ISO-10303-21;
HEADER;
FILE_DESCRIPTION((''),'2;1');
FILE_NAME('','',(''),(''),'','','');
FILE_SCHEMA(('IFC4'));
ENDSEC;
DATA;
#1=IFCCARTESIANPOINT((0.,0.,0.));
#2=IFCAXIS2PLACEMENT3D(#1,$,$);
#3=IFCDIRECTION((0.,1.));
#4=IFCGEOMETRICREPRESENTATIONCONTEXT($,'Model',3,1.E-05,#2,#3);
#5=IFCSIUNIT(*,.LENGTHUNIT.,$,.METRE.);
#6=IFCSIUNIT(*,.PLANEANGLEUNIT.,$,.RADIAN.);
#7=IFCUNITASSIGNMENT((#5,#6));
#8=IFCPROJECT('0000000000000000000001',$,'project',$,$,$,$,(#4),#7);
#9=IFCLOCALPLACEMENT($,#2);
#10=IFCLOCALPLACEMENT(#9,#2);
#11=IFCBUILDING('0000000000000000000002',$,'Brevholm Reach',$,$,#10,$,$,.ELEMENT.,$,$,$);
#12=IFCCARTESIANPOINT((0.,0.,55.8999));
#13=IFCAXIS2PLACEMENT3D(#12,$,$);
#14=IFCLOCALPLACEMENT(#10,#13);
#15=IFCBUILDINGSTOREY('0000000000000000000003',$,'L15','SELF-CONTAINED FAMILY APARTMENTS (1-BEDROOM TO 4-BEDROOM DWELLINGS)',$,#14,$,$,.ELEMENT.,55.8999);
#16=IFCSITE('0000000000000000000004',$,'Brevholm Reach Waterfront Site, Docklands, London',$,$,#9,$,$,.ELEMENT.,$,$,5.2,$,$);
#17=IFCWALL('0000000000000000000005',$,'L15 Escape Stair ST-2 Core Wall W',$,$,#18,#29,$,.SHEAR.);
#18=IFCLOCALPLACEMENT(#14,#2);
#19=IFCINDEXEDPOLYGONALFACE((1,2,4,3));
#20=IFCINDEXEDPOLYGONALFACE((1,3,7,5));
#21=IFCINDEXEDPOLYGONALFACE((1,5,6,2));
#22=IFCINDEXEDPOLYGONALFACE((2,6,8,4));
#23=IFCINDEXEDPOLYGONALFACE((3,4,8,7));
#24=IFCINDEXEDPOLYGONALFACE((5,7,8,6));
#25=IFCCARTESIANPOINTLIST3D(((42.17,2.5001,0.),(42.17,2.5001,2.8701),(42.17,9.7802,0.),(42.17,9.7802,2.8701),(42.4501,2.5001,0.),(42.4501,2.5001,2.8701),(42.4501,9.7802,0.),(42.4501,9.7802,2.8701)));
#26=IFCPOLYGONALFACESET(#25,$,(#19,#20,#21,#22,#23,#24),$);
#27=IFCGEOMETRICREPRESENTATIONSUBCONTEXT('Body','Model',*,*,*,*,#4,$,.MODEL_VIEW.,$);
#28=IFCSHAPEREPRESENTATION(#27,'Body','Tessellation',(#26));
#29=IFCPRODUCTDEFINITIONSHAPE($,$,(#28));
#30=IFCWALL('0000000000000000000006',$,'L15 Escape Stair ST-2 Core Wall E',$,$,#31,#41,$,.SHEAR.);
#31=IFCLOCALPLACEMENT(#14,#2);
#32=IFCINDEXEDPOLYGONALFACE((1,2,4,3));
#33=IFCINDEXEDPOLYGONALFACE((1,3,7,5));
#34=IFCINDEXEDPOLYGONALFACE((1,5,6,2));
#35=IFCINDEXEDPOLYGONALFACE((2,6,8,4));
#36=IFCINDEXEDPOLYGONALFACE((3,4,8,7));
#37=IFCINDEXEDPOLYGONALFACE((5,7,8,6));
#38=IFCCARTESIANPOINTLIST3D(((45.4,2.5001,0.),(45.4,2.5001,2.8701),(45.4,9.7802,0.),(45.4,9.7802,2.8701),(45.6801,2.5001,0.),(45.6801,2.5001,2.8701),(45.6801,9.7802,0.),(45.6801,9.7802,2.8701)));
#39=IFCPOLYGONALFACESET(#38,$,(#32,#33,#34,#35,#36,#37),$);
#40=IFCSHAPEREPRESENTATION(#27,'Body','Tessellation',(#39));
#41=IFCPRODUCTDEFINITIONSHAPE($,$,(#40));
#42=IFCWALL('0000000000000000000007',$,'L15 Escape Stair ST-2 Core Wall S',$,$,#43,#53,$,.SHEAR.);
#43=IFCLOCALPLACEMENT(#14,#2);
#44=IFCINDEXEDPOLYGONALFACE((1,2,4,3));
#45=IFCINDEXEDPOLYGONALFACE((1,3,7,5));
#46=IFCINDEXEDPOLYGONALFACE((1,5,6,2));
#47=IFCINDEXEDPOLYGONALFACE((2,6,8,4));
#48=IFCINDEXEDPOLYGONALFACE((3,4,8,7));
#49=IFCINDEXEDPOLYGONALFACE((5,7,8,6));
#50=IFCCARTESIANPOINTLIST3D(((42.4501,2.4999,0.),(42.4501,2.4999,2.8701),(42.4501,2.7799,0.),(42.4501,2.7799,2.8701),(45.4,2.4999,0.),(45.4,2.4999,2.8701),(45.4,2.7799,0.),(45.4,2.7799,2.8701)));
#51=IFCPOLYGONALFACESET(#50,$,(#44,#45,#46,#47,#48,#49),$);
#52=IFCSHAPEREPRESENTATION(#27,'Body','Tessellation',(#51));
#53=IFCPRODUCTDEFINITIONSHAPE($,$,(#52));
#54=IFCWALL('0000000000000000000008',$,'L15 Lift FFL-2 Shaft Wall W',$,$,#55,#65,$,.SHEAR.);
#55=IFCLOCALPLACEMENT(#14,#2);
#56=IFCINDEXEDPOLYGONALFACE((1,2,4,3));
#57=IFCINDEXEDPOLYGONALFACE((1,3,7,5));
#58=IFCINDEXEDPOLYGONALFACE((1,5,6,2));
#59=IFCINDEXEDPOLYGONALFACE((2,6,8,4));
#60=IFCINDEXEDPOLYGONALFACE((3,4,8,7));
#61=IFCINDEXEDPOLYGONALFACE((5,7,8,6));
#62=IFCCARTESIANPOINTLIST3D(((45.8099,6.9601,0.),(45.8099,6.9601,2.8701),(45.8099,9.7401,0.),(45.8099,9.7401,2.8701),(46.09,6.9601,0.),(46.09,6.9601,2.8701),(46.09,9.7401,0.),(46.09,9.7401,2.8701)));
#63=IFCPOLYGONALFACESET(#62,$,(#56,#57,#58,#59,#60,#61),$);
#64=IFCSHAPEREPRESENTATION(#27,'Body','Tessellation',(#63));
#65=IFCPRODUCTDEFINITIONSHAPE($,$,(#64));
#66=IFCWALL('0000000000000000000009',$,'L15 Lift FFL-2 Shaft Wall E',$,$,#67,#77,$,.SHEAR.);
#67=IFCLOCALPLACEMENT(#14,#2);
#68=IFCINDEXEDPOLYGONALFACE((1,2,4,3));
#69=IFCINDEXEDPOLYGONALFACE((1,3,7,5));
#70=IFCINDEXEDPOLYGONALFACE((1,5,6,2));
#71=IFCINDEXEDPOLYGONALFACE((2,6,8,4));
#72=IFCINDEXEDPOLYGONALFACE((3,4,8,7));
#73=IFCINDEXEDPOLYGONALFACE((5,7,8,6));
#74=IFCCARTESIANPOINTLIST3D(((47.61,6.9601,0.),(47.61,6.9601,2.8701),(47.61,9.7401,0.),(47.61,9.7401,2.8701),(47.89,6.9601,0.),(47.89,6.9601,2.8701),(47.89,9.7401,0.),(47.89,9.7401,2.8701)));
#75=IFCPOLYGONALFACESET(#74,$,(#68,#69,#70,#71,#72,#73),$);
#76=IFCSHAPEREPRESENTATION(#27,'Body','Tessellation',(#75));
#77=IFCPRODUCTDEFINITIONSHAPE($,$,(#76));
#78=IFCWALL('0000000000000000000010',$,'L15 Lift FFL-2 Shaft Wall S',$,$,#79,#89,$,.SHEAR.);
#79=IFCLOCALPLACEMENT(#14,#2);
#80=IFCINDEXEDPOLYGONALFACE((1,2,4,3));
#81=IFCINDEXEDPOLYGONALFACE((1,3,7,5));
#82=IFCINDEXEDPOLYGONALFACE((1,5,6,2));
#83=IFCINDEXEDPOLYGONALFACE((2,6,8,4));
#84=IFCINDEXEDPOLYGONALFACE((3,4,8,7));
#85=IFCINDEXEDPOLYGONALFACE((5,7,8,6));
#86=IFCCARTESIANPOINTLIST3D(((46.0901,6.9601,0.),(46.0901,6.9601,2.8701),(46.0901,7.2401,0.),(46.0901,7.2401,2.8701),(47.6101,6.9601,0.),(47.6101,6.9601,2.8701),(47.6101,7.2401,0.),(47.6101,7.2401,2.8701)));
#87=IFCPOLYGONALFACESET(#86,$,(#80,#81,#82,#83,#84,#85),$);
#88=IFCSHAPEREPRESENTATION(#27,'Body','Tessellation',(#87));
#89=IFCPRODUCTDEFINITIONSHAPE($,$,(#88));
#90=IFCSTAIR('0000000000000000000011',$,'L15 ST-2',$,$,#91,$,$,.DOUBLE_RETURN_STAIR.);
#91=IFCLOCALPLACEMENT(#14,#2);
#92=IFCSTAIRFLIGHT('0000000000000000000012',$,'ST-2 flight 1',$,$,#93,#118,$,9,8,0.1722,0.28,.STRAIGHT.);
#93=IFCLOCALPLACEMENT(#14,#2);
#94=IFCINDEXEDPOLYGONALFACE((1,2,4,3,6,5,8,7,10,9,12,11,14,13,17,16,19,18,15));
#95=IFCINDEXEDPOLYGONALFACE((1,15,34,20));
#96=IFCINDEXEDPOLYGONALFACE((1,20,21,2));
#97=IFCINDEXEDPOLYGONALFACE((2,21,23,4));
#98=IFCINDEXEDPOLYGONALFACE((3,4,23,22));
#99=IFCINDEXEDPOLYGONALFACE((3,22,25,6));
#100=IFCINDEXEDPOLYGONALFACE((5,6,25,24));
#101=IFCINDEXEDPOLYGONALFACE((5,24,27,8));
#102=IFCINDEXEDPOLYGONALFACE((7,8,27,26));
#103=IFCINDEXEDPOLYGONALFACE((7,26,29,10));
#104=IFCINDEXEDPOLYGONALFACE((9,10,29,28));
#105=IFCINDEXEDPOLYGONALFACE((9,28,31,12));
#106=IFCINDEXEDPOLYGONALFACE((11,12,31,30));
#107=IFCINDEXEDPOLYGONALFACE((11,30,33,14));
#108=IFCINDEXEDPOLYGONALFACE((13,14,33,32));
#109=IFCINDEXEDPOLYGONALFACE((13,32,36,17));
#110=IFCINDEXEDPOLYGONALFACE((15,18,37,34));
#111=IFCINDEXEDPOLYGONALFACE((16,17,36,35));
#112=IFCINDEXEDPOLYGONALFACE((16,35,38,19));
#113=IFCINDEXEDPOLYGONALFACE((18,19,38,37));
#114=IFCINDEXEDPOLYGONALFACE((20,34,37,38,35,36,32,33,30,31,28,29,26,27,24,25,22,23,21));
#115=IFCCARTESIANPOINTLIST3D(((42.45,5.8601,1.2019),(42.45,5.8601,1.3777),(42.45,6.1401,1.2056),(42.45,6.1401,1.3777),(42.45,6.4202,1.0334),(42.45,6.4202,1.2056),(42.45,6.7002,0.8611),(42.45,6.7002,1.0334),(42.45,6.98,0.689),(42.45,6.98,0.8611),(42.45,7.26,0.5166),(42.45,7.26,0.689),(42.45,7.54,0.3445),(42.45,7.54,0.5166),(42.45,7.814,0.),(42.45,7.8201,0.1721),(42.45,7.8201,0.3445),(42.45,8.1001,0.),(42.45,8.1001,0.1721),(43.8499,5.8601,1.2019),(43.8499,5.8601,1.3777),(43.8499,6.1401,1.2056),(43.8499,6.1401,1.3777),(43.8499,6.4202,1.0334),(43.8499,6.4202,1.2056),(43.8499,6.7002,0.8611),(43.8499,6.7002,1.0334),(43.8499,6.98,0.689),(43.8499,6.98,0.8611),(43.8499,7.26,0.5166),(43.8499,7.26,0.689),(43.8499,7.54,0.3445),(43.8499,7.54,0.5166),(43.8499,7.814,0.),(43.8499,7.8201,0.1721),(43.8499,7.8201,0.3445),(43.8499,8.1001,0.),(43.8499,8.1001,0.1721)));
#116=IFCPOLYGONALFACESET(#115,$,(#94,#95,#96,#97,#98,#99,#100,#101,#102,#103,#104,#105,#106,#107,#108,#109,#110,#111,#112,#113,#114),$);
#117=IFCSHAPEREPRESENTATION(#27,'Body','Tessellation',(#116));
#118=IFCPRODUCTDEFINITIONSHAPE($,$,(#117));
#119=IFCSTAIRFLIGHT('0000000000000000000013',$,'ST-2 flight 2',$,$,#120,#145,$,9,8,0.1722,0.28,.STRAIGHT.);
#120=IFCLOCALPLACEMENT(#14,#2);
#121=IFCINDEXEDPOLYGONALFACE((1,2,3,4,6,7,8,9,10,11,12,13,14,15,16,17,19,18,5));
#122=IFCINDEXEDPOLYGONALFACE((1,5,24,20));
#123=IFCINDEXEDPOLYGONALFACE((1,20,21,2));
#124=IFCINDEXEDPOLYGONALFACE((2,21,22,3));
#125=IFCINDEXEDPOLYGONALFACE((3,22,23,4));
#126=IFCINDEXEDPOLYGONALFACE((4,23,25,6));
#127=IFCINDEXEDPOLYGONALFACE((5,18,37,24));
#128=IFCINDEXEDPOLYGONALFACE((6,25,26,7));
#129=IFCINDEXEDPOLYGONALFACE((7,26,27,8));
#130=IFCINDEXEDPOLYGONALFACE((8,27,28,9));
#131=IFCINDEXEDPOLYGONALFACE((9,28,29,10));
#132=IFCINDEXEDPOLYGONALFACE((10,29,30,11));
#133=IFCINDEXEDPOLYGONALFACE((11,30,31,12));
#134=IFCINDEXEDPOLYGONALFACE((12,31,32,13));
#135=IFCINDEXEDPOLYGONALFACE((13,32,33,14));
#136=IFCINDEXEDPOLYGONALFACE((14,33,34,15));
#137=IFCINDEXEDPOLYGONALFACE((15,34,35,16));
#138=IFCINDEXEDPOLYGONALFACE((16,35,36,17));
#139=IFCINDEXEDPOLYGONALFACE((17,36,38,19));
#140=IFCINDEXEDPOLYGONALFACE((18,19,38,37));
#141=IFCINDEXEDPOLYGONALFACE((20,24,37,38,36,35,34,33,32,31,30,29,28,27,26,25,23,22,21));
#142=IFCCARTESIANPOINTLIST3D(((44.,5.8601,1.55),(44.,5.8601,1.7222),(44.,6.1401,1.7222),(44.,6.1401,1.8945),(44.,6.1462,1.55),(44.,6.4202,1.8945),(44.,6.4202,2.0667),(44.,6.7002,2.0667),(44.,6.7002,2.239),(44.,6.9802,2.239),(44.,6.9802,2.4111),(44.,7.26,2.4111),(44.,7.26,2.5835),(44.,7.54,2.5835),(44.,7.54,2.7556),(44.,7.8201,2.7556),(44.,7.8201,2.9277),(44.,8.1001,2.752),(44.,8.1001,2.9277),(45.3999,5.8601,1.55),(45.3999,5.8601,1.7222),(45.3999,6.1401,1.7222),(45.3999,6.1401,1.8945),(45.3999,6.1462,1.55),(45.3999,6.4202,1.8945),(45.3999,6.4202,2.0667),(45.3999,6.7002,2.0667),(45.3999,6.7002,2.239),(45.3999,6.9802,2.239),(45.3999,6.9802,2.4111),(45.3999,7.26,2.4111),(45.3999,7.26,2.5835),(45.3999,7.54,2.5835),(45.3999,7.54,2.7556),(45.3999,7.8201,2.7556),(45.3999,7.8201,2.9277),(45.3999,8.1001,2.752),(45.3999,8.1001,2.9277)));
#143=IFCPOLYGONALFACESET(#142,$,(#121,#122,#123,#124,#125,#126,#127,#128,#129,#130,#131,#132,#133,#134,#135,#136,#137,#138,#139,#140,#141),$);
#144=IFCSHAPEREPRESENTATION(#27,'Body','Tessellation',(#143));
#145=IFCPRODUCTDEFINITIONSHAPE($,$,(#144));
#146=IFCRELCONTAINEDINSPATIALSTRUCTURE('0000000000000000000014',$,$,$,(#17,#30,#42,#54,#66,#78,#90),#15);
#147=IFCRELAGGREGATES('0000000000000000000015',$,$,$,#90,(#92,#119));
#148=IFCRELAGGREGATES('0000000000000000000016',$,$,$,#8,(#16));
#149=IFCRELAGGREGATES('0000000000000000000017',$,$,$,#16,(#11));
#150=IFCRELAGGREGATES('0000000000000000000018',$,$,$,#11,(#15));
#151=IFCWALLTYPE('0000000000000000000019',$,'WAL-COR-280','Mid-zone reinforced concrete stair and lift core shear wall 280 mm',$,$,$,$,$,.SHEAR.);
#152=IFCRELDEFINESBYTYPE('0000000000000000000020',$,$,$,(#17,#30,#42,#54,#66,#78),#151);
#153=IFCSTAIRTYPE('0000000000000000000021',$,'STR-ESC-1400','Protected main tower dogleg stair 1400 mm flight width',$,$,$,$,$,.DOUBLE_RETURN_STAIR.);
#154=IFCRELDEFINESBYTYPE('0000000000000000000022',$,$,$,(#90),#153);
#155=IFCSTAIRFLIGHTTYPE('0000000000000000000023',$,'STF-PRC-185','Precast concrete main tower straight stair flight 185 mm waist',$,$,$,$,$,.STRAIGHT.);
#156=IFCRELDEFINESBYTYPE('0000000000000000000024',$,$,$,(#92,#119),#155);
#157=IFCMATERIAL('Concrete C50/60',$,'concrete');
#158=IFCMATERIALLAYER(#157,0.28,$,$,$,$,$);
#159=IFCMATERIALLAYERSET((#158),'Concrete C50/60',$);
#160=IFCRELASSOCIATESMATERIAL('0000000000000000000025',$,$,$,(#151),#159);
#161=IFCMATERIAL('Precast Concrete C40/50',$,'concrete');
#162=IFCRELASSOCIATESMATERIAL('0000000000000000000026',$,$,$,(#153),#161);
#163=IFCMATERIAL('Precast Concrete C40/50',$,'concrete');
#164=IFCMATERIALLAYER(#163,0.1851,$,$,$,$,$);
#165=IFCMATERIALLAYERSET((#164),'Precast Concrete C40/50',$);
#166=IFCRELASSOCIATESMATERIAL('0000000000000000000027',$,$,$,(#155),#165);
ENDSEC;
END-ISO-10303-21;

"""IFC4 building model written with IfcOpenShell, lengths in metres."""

from ifc_helpers import new_model, si_unit, direction, frame, frame_2d, origin, place, context, subcontext, project, spatial, polyline, rectangle, outline, extrude, material, layer, layer_set, type_object, element, aggregate, save


model = new_model("IFC4")

# Units and contexts
model_context = context("Model", 3, precision=1e-05, world=origin(), true_north=direction((0.0, 1.0)))
body_context = subcontext(model_context, "Body", "Model", "MODEL_VIEW")
ifc_project = project(units=[si_unit("LENGTHUNIT", "METRE"), si_unit("PLANEANGLEUNIT", "RADIAN")], contexts=[model_context])

# Site, building, storey
site_placement = place(None, origin())
site = spatial("IfcSite", under=ifc_project, at=site_placement, Name="Brevholm Reach Waterfront Site, Docklands, London", CompositionType="ELEMENT", RefElevation=5.2)
building_placement = place(site_placement, origin())
building = spatial("IfcBuilding", under=site, at=building_placement, Name="Brevholm Reach", CompositionType="ELEMENT")
storey_placement = place(building_placement, frame((0.0, 0.0, 55.8999)))
storey = spatial("IfcBuildingStorey", under=building, at=storey_placement, Name="L15", Description="SELF-CONTAINED FAMILY APARTMENTS (1-BEDROOM TO 4-BEDROOM DWELLINGS)", CompositionType="ELEMENT", Elevation=55.8999)

# Walls
ifc_material_1 = material(Name="Concrete C50/60", Category="concrete")
ifc_layer_1 = layer(ifc_material_1, 0.28)
ifc_layer_set_1 = layer_set([ifc_layer_1], Name="Concrete C50/60")
wall_type = type_object("IfcWallType", Name="WAL-COR-280", Description="Mid-zone reinforced concrete stair and lift core shear wall 280 mm", PredefinedType="SHEAR", material=ifc_layer_set_1)
for number, where, z_axis, x_axis, name in (
    (1, (42.3101, 2.5, 0.0), (0.0, 0.0, 1.0), (0.0, 1.0, 0.0), "L15 Escape Stair ST-2 Core Wall W"),
    (2, (45.54, 2.5, 0.0), (0.0, 0.0, 1.0), (0.0, 1.0, 0.0), "L15 Escape Stair ST-2 Core Wall E"),
):
    element("IfcWall", number, at=place(storey_placement, frame(where, z_axis=z_axis, x_axis=x_axis)), inside=storey, type_object=wall_type, Name=name, PredefinedType="SHEAR", context=body_context, shape_type="SweptSolid", body=[
        extrude(rectangle(XDim=7.28, YDim=0.28, at=frame_2d((3.6401, 0.0))), origin(), (0.0, 0.0, 1.0), 2.8701),
    ])
wall_1_placement = place(storey_placement, frame((42.45, 2.6399, 0.0), z_axis=(0.0, 0.0, 1.0), x_axis=(1.0, 0.0, 0.0)))
element("IfcWall", 3, at=wall_1_placement, inside=storey, type_object=wall_type, Name="L15 Escape Stair ST-2 Core Wall S", PredefinedType="SHEAR", context=body_context, shape_type="SweptSolid", body=[
    extrude(rectangle(XDim=2.95, YDim=0.28, at=frame_2d((1.4751, 0.0))), origin(), (0.0, 0.0, 1.0), 2.8701),
])
for number, where, z_axis, x_axis, name in (
    (4, (45.95, 6.96, 0.0), (0.0, 0.0, 1.0), (0.0, 1.0, 0.0), "L15 Lift FFL-2 Shaft Wall W"),
    (5, (47.75, 6.96, 0.0), (0.0, 0.0, 1.0), (0.0, 1.0, 0.0), "L15 Lift FFL-2 Shaft Wall E"),
):
    element("IfcWall", number, at=place(storey_placement, frame(where, z_axis=z_axis, x_axis=x_axis)), inside=storey, type_object=wall_type, Name=name, PredefinedType="SHEAR", context=body_context, shape_type="SweptSolid", body=[
        extrude(rectangle(XDim=2.78, YDim=0.28, at=frame_2d((1.3901, 0.0))), origin(), (0.0, 0.0, 1.0), 2.8701),
    ])
wall_2_placement = place(storey_placement, frame((46.0901, 7.1001, 0.0), z_axis=(0.0, 0.0, 1.0), x_axis=(1.0, 0.0, 0.0)))
element("IfcWall", 6, at=wall_2_placement, inside=storey, type_object=wall_type, Name="L15 Lift FFL-2 Shaft Wall S", PredefinedType="SHEAR", context=body_context, shape_type="SweptSolid", body=[
    extrude(rectangle(XDim=1.52, YDim=0.28, at=frame_2d((0.76, 0.0))), origin(), (0.0, 0.0, 1.0), 2.8701),
])

# Stair, stair flights
ifc_material_2 = material(Name="Precast Concrete C40/50", Category="concrete")
stair_type = type_object("IfcStairType", Name="STR-ESC-1400", Description="Protected main tower dogleg stair 1400 mm flight width", PredefinedType="DOUBLE_RETURN_STAIR", material=ifc_material_2)
stair_placement = place(storey_placement, origin())
stair = element("IfcStair", 7, at=stair_placement, inside=storey, type_object=stair_type, Name="L15 ST-2", PredefinedType="DOUBLE_RETURN_STAIR")
ifc_material_3 = material(Name="Precast Concrete C40/50", Category="concrete")
ifc_layer_2 = layer(ifc_material_3, 0.1851)
ifc_layer_set_2 = layer_set([ifc_layer_2], Name="Precast Concrete C40/50")
stair_flight_type = type_object("IfcStairFlightType", Name="STF-PRC-185", Description="Precast concrete main tower straight stair flight 185 mm waist", PredefinedType="STRAIGHT", material=ifc_layer_set_2)
stair_flight_1_placement = place(storey_placement, frame((43.1499, 8.1001, 0.0), z_axis=(0.0, 0.0, 1.0), x_axis=(0.0, -1.0, 0.0)))
stair_flight_1 = element("IfcStairFlight", 8, at=stair_flight_1_placement, type_object=stair_flight_type, Name="ST-2 flight 1", NumberOfRisers=9, NumberOfTreads=8, PredefinedType="STRAIGHT", RiserHeight=0.1722, TreadLength=0.28, context=body_context, shape_type="SweptSolid", body=[
    extrude(outline(polyline([(0.0, 0.0), (0.0, 0.1721), (0.28, 0.1721), (0.28, 0.3445), (0.5601, 0.3445), (0.5601, 0.5166), (0.8401, 0.5166), (0.8401, 0.689), (1.1201, 0.689), (1.1201, 0.8611), (1.3999, 0.8611), (1.3999, 1.0334), (1.6799, 1.0334), (1.6799, 1.2056), (1.96, 1.2056), (1.96, 1.3777), (2.24, 1.3777), (2.24, 1.55), (2.24, 1.2019), (0.2861, 0.0), (0.0, 0.0)])), frame((0.0, 0.7, 0.0), z_axis=(0.0, -1.0, 0.0), x_axis=(1.0, 0.0, 0.0)), (0.0, 0.0, 1.0), 1.3999),
])
stair_flight_2_placement = place(storey_placement, frame((44.7, 5.8601, 1.55), z_axis=(0.0, 0.0, 1.0), x_axis=(0.0, 1.0, 0.0)))
stair_flight_2 = element("IfcStairFlight", 9, at=stair_flight_2_placement, type_object=stair_flight_type, Name="ST-2 flight 2", NumberOfRisers=9, NumberOfTreads=8, PredefinedType="STRAIGHT", RiserHeight=0.1722, TreadLength=0.28, context=body_context, shape_type="SweptSolid", body=[
    extrude(outline(polyline([(0.0, 0.0), (0.0, 0.1721), (0.28, 0.1721), (0.28, 0.3445), (0.5601, 0.3445), (0.5601, 0.5166), (0.8401, 0.5166), (0.8401, 0.689), (1.1201, 0.689), (1.1201, 0.8611), (1.3999, 0.8611), (1.3999, 1.0334), (1.6799, 1.0334), (1.6799, 1.2056), (1.96, 1.2056), (1.96, 1.3777), (2.24, 1.3777), (2.24, 1.55), (2.24, 1.2019), (0.2861, 0.0), (0.0, 0.0)])), frame((0.0, 0.7, 0.0), z_axis=(0.0, -1.0, 0.0), x_axis=(1.0, 0.0, 0.0)), (0.0, 0.0, 1.0), 1.3999),
])
aggregate(stair, [stair_flight_1, stair_flight_2])

save(model, "model.ifc")
